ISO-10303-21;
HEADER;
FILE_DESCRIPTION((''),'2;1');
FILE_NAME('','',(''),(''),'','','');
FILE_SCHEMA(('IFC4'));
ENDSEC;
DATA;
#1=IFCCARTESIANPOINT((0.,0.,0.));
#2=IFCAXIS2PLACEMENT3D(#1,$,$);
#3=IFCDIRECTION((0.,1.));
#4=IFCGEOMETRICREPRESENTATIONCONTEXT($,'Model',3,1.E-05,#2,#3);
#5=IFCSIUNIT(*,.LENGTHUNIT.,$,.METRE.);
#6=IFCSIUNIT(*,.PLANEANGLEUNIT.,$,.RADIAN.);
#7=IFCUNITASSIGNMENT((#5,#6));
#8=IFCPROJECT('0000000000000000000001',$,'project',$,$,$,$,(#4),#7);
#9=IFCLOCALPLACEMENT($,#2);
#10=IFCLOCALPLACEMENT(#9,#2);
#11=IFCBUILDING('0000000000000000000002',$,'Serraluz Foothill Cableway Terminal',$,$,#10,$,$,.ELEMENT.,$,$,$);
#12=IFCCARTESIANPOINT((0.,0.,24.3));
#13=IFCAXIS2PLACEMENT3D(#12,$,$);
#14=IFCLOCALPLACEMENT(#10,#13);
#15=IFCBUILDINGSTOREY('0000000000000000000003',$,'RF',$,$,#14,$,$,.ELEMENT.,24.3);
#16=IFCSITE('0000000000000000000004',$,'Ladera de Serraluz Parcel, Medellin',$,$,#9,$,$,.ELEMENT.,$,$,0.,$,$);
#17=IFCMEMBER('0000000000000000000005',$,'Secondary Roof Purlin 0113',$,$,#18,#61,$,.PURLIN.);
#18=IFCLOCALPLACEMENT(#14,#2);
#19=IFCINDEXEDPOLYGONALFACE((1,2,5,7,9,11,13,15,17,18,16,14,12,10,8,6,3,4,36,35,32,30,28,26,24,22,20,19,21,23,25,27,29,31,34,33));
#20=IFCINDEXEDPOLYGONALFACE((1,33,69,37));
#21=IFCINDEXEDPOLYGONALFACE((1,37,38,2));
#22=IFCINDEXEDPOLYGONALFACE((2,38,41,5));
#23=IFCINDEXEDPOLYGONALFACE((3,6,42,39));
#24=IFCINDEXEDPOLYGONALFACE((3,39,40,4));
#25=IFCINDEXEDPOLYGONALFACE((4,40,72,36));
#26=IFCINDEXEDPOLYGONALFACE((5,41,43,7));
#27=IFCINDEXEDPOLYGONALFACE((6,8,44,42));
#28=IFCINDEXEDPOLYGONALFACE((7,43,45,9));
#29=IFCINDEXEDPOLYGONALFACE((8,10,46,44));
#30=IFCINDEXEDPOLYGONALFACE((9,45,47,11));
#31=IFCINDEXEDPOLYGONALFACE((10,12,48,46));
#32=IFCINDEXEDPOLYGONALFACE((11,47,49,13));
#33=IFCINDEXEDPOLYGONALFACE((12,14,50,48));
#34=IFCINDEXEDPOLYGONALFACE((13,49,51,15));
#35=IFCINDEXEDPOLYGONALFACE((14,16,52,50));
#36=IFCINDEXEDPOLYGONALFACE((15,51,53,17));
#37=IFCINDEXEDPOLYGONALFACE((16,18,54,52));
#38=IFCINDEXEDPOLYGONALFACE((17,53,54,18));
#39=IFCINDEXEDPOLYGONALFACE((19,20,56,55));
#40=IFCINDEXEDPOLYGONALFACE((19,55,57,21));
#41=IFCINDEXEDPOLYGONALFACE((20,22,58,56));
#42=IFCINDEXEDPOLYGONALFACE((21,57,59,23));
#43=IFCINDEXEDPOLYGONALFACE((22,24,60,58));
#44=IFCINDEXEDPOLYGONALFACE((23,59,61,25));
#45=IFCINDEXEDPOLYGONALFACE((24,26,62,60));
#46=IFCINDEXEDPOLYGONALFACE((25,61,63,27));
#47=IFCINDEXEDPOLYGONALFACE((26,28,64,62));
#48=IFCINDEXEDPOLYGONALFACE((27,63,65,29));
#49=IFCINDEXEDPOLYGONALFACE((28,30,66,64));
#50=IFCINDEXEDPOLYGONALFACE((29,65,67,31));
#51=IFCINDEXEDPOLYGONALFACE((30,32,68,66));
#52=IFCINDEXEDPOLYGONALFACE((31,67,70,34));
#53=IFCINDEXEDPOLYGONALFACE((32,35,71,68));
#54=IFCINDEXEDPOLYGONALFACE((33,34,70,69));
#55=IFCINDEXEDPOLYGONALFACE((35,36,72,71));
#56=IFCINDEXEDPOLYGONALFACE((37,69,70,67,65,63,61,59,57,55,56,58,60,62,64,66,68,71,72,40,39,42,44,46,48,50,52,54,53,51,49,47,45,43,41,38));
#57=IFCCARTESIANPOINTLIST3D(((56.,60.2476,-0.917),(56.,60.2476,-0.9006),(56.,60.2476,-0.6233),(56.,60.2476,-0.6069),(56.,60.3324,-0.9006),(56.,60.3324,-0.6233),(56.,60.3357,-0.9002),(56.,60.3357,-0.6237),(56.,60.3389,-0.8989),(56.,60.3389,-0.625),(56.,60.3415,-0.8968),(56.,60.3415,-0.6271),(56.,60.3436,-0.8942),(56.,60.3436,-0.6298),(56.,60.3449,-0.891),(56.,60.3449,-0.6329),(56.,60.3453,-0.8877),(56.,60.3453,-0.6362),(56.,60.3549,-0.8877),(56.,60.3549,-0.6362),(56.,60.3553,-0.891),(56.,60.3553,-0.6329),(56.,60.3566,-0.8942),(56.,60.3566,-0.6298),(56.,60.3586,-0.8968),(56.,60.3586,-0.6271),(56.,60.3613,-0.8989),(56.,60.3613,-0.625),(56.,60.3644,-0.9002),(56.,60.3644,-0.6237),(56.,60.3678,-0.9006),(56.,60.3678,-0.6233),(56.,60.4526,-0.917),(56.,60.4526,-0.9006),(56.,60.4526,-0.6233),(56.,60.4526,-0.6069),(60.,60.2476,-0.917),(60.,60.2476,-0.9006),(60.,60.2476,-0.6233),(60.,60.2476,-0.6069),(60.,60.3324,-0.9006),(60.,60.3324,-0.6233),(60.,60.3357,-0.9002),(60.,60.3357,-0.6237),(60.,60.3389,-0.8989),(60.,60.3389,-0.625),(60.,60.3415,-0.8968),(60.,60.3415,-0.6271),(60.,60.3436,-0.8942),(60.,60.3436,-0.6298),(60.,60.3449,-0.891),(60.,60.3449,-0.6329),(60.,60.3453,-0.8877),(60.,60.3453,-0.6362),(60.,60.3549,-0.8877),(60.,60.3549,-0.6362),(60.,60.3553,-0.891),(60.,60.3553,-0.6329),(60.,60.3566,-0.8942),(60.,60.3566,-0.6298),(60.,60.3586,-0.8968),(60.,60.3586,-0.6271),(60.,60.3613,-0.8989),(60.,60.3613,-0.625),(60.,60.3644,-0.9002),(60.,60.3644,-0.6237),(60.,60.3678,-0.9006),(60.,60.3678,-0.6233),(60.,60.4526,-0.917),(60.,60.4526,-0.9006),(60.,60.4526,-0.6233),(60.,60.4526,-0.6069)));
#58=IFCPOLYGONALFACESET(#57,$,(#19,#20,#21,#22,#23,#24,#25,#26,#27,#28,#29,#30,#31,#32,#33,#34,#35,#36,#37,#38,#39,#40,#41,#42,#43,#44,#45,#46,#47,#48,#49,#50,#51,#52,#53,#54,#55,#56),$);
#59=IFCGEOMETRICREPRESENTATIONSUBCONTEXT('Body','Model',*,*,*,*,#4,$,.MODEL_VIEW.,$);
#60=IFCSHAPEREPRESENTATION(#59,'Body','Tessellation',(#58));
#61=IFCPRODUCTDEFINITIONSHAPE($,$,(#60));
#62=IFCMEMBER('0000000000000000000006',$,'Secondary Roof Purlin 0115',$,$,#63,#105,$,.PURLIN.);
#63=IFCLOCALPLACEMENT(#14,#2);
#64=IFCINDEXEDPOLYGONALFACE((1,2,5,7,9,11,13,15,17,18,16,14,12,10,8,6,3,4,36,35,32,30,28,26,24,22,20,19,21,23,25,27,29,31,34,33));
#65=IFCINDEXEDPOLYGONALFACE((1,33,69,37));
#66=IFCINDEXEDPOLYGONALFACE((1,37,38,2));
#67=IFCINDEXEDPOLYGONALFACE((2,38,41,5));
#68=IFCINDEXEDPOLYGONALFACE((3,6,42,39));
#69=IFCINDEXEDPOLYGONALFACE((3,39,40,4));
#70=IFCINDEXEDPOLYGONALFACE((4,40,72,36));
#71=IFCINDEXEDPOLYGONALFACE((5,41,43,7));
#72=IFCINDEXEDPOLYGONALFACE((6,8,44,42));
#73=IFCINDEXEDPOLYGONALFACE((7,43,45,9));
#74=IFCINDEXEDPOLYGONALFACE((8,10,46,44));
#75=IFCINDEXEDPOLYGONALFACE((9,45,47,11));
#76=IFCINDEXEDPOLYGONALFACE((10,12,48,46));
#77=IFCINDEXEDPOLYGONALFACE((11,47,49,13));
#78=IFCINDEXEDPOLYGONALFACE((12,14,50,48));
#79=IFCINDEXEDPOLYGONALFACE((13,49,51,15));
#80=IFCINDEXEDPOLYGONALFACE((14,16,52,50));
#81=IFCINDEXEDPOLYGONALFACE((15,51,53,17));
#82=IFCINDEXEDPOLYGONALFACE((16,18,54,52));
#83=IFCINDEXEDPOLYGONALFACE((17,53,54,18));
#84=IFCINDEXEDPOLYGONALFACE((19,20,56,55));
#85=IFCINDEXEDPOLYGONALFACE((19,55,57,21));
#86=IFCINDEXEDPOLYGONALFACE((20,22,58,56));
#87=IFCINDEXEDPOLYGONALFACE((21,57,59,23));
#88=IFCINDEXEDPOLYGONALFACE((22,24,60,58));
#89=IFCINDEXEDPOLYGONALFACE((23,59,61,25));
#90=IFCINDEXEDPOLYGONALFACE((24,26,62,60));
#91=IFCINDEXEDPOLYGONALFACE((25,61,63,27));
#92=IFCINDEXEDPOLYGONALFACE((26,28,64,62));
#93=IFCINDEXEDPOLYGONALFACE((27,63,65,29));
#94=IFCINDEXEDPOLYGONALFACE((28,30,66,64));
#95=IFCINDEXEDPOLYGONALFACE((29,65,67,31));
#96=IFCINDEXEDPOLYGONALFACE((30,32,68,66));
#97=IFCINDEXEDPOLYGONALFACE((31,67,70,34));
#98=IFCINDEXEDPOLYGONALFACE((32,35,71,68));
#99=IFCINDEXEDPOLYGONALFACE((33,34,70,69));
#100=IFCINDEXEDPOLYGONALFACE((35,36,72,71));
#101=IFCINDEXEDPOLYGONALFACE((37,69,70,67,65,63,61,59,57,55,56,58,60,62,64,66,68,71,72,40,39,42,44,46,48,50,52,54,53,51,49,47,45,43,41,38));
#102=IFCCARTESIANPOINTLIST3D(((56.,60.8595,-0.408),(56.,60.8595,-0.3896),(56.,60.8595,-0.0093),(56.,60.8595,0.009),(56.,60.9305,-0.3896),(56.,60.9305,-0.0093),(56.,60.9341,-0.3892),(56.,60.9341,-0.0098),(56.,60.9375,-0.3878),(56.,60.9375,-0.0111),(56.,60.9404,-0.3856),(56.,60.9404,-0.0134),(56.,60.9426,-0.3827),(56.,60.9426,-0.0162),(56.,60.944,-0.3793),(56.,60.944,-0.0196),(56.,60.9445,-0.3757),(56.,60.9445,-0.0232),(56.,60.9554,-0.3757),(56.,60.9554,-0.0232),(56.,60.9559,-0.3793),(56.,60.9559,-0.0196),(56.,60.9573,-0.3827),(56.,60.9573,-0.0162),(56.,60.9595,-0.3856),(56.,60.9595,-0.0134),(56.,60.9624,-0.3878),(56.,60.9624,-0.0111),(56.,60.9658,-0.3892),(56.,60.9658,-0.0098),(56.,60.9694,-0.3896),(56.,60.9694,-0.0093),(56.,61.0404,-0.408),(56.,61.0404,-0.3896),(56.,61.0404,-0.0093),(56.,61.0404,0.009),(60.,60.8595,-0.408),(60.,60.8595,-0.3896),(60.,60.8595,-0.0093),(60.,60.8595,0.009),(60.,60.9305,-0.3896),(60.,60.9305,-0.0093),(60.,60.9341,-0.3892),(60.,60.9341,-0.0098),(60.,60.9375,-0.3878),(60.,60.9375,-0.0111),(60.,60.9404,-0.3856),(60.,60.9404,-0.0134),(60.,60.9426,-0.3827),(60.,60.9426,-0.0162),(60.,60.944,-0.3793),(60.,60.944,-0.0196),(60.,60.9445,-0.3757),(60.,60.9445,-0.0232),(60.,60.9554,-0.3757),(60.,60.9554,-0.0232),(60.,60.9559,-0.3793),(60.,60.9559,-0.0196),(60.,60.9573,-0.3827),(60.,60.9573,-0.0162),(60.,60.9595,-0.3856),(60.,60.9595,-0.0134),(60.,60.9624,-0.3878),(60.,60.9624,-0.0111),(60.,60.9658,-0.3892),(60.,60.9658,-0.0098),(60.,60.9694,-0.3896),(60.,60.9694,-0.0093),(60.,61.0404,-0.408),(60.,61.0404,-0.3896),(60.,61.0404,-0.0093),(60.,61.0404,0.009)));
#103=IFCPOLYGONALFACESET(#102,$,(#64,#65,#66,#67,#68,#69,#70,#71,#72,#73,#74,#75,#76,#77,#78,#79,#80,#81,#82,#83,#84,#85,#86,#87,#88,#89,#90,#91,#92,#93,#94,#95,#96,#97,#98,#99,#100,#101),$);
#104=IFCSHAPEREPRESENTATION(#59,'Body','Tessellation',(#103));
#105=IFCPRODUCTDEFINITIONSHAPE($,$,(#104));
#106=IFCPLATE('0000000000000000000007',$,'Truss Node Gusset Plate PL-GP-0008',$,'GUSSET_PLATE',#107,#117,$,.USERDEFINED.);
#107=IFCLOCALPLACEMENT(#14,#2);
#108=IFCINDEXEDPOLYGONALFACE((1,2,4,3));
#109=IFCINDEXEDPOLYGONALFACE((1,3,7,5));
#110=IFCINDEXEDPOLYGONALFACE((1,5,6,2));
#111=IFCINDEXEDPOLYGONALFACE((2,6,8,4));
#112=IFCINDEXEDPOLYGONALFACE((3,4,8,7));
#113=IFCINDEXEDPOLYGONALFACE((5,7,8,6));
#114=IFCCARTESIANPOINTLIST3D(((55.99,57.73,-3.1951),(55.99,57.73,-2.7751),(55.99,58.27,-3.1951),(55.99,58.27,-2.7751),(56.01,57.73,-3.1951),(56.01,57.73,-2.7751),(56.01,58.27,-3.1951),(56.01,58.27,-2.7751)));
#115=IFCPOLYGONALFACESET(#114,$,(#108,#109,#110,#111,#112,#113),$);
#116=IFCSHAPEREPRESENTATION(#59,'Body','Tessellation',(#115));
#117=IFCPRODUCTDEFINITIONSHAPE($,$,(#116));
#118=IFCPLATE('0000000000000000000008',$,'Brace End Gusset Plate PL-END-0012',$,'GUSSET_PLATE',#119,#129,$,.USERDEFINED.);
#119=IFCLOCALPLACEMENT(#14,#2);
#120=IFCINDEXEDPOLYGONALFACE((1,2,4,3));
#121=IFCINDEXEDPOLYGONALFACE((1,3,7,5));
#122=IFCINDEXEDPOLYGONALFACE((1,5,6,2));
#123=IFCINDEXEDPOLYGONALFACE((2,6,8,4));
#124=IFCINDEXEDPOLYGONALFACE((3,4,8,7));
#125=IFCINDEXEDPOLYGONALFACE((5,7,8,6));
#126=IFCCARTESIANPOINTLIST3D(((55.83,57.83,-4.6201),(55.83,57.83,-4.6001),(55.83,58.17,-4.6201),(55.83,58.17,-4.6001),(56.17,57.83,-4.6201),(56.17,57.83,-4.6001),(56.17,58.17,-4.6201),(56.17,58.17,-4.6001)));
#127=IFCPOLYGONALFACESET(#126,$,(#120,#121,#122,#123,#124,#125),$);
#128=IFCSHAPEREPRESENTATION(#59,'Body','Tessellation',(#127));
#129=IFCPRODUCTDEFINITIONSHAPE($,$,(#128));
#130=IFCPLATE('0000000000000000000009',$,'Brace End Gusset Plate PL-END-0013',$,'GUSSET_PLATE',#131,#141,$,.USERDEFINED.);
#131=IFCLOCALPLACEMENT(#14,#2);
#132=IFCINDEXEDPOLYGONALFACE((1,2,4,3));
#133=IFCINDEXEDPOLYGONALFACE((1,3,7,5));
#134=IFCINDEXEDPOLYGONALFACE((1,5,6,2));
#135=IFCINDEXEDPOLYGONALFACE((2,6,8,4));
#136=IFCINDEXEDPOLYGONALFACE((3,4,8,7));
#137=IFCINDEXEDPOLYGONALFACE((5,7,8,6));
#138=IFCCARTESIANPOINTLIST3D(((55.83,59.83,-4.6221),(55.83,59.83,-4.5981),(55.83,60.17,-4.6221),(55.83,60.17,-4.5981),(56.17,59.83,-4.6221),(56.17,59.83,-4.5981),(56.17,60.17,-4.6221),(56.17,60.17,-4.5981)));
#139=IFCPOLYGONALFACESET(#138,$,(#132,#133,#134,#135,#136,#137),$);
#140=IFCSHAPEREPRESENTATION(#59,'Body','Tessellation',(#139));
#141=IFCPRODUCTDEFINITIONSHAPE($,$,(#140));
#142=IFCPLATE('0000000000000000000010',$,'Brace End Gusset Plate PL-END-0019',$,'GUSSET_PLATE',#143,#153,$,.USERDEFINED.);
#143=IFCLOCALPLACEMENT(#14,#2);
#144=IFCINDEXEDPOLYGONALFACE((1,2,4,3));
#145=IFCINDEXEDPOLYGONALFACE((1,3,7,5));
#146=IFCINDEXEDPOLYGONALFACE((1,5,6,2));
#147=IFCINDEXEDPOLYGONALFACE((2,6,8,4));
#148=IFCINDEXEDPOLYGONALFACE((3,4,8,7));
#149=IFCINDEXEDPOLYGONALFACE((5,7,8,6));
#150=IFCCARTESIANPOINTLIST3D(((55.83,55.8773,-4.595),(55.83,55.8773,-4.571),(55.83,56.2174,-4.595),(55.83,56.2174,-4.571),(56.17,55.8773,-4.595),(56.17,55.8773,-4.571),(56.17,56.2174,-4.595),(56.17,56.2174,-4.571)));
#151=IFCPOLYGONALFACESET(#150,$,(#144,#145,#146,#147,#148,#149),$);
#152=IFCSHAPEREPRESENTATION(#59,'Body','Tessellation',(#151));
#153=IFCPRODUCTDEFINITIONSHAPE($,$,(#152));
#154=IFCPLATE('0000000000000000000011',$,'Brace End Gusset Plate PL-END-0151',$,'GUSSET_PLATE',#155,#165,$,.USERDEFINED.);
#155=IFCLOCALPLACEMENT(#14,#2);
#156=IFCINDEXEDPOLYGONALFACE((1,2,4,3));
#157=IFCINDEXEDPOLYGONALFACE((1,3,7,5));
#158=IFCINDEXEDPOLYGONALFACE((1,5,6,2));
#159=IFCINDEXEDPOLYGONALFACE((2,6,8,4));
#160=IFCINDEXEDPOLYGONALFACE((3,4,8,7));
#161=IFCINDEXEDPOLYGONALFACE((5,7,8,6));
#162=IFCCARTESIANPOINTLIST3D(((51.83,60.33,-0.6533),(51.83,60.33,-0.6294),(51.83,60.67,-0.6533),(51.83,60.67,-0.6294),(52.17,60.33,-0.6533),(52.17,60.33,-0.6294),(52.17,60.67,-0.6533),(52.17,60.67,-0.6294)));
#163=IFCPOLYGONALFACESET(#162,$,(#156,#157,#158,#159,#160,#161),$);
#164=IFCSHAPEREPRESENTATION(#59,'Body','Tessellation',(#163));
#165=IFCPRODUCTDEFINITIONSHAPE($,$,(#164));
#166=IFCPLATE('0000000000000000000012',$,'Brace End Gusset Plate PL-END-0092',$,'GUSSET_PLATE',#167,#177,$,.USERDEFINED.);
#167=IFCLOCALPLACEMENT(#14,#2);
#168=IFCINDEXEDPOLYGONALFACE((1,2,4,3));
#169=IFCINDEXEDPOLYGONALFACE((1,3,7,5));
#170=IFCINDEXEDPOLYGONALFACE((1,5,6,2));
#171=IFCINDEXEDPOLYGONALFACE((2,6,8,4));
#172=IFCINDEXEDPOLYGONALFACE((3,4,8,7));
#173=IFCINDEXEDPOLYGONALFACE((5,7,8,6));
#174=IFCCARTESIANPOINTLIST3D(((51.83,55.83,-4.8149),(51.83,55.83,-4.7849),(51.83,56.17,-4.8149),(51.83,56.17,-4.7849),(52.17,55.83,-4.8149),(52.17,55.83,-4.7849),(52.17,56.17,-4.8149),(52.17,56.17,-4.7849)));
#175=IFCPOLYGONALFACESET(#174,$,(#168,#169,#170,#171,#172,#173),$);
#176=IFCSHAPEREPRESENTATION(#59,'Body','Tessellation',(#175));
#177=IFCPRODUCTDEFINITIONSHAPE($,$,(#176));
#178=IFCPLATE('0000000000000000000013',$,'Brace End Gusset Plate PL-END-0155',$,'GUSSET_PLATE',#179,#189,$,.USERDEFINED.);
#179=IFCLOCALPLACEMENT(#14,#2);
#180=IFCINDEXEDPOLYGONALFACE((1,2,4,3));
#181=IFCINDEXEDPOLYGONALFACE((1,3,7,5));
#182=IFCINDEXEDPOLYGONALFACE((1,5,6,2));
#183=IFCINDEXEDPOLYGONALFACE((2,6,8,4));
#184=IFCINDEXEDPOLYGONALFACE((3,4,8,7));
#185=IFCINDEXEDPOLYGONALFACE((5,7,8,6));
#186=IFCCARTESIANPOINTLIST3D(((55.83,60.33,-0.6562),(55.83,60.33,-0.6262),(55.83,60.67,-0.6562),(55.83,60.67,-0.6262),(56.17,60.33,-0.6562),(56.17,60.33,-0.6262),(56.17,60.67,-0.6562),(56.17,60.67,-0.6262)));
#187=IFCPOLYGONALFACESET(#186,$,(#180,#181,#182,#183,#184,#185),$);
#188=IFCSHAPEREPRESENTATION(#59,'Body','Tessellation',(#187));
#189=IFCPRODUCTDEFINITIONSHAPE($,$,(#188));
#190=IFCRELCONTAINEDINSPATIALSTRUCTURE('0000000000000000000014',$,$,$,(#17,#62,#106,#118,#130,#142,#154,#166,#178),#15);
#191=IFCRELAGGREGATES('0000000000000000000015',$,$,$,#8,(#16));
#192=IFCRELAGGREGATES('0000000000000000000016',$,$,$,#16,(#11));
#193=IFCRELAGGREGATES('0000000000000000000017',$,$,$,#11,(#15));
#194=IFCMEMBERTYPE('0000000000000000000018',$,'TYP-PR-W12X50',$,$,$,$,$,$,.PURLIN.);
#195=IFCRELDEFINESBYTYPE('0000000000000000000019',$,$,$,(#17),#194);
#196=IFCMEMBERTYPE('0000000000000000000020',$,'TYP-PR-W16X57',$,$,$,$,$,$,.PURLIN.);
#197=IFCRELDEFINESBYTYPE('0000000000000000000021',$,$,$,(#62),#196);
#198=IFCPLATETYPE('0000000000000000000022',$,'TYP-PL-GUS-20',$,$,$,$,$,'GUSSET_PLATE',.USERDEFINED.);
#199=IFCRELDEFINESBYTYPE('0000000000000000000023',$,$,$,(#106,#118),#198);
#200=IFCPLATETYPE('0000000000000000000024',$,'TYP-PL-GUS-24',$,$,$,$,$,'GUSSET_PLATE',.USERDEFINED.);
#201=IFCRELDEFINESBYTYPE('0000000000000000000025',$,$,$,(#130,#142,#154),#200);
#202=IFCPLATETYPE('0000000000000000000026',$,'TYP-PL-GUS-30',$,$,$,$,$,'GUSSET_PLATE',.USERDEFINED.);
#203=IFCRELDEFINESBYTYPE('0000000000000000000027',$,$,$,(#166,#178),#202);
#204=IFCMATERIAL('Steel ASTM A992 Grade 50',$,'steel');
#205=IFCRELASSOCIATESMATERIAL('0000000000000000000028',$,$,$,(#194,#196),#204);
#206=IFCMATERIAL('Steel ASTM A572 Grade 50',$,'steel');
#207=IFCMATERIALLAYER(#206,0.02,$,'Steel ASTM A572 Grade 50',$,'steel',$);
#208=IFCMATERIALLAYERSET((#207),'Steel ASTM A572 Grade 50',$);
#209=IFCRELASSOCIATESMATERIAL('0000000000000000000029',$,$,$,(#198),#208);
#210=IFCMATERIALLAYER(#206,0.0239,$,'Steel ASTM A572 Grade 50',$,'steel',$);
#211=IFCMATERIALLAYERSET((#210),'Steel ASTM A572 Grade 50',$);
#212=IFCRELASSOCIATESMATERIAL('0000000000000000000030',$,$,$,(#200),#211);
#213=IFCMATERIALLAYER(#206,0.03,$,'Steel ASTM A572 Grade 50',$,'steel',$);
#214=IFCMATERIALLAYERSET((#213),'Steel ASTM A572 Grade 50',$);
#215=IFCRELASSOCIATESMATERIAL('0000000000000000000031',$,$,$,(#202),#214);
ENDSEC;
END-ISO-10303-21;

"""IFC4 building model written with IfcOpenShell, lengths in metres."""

from ifc_helpers import new_model, si_unit, direction, frame, origin, origin_2d, place, context, subcontext, project, spatial, rectangle, i_section, extrude, material, layer, layer_set, material_profile, profile_set, type_object, element, save


model = new_model("IFC4")

# Units and contexts
model_context = context("Model", 3, precision=1e-05, world=origin(), true_north=direction((0.0, 1.0)))
body_context = subcontext(model_context, "Body", "Model", "MODEL_VIEW")
ifc_project = project(units=[si_unit("LENGTHUNIT", "METRE"), si_unit("PLANEANGLEUNIT", "RADIAN")], contexts=[model_context])

# Site, building, storey
site_placement = place(None, origin())
site = spatial("IfcSite", under=ifc_project, at=site_placement, Name="Ladera de Serraluz Parcel, Medellin", CompositionType="ELEMENT", RefElevation=0.0)
building_placement = place(site_placement, origin())
building = spatial("IfcBuilding", under=site, at=building_placement, Name="Serraluz Foothill Cableway Terminal", CompositionType="ELEMENT")
storey_placement = place(building_placement, frame((0.0, 0.0, 24.3)))
storey = spatial("IfcBuildingStorey", under=building, at=storey_placement, Name="RF", CompositionType="ELEMENT", Elevation=24.3)

# Members
ifc_material_1 = material(Name="Steel ASTM A572 Grade 50", Category="steel")
ifc_material_2 = material(Name="Steel ASTM A992 Grade 50", Category="steel")
ifc_material_profile_1 = material_profile(ifc_material_2, i_section(OverallWidth=0.2051, OverallDepth=0.3101, WebThickness=0.0095, FlangeThickness=0.0164, FilletRadius=0.0129, at=origin_2d()), Name="W12X50")
ifc_profile_set_1 = profile_set([ifc_material_profile_1], Name="Steel ASTM A992 Grade 50")
member_type_1 = type_object("IfcMemberType", Name="TYP-PR-W12X50", PredefinedType="PURLIN", material=ifc_profile_set_1)
member_1_placement = place(storey_placement, frame((56.0, 60.3501, -0.762), z_axis=(1.0, 0.0, 0.0), x_axis=(0.0, 1.0, 0.0)))
element("IfcMember", 1, at=member_1_placement, inside=storey, type_object=member_type_1, Name="Secondary Roof Purlin 0113", PredefinedType="PURLIN", context=body_context, shape_type="SweptSolid", body=[
    extrude(i_section(OverallWidth=0.2051, OverallDepth=0.3101, WebThickness=0.0095, FlangeThickness=0.0164, FilletRadius=0.0129, at=origin_2d()), origin(), (0.0, 0.0, 1.0), 4.0),
])
ifc_material_profile_2 = material_profile(ifc_material_2, i_section(OverallWidth=0.1809, OverallDepth=0.417, WebThickness=0.011, FlangeThickness=0.0183, FilletRadius=0.0139, at=origin_2d()), Name="W16X57")
ifc_profile_set_2 = profile_set([ifc_material_profile_2], Name="Steel ASTM A992 Grade 50")
member_type_2 = type_object("IfcMemberType", Name="TYP-PR-W16X57", PredefinedType="PURLIN", material=ifc_profile_set_2)
member_2_placement = place(storey_placement, frame((56.0, 60.95, -0.1995), z_axis=(1.0, 0.0, 0.0), x_axis=(0.0, 1.0, 0.0)))
element("IfcMember", 2, at=member_2_placement, inside=storey, type_object=member_type_2, Name="Secondary Roof Purlin 0115", PredefinedType="PURLIN", context=body_context, shape_type="SweptSolid", body=[
    extrude(i_section(OverallWidth=0.1809, OverallDepth=0.417, WebThickness=0.011, FlangeThickness=0.0183, FilletRadius=0.0139, at=origin_2d()), origin(), (0.0, 0.0, 1.0), 4.0),
])

# Plates
ifc_layer_1 = layer(ifc_material_1, 0.02, Name="Steel ASTM A572 Grade 50", Category="steel")
ifc_layer_set_1 = layer_set([ifc_layer_1], Name="Steel ASTM A572 Grade 50")
plate_type_1 = type_object("IfcPlateType", Name="TYP-PL-GUS-20", ElementType="GUSSET_PLATE", PredefinedType="USERDEFINED", material=ifc_layer_set_1)
plate_1_placement = place(storey_placement, frame((56.0, 58.0, -3.1951), z_axis=(0.0, 0.0, 1.0), x_axis=(1.0, 0.0, 0.0)))
element("IfcPlate", 3, at=plate_1_placement, inside=storey, type_object=plate_type_1, Name="Truss Node Gusset Plate PL-GP-0008", ObjectType="GUSSET_PLATE", PredefinedType="USERDEFINED", context=body_context, shape_type="SweptSolid", body=[
    extrude(rectangle(XDim=0.02, YDim=0.54, at=origin_2d()), origin(), (0.0, 0.0, 1.0), 0.4199),
])
plate_2_placement = place(storey_placement, frame((56.0, 58.0, -4.6201), z_axis=(0.0, 0.0, 1.0), x_axis=(1.0, 0.0, 0.0)))
element("IfcPlate", 4, at=plate_2_placement, inside=storey, type_object=plate_type_1, Name="Brace End Gusset Plate PL-END-0012", ObjectType="GUSSET_PLATE", PredefinedType="USERDEFINED", context=body_context, shape_type="SweptSolid", body=[
    extrude(rectangle(XDim=0.3401, YDim=0.3401, at=origin_2d()), origin(), (0.0, 0.0, 1.0), 0.02),
])
ifc_layer_2 = layer(ifc_material_1, 0.0239, Name="Steel ASTM A572 Grade 50", Category="steel")
ifc_layer_set_2 = layer_set([ifc_layer_2], Name="Steel ASTM A572 Grade 50")
plate_type_2 = type_object("IfcPlateType", Name="TYP-PL-GUS-24", ElementType="GUSSET_PLATE", PredefinedType="USERDEFINED", material=ifc_layer_set_2)
for number, where, z_axis, x_axis, name in (
    (5, (56.0, 60.0, -4.6221), (0.0, 0.0, 1.0), (1.0, 0.0, 0.0), "Brace End Gusset Plate PL-END-0013"),
    (6, (56.0, 56.0474, -4.595), (0.0, 0.0, 1.0), (1.0, 0.0, 0.0), "Brace End Gusset Plate PL-END-0019"),
    (7, (52.0, 60.5, -0.6533), (0.0, 0.0, 1.0), (1.0, 0.0, 0.0), "Brace End Gusset Plate PL-END-0151"),
):
    element("IfcPlate", number, at=place(storey_placement, frame(where, z_axis=z_axis, x_axis=x_axis)), inside=storey, type_object=plate_type_2, Name=name, ObjectType="GUSSET_PLATE", PredefinedType="USERDEFINED", context=body_context, shape_type="SweptSolid", body=[
        extrude(rectangle(XDim=0.3401, YDim=0.3401, at=origin_2d()), origin(), (0.0, 0.0, 1.0), 0.0239),
    ])
ifc_layer_3 = layer(ifc_material_1, 0.03, Name="Steel ASTM A572 Grade 50", Category="steel")
ifc_layer_set_3 = layer_set([ifc_layer_3], Name="Steel ASTM A572 Grade 50")
plate_type_3 = type_object("IfcPlateType", Name="TYP-PL-GUS-30", ElementType="GUSSET_PLATE", PredefinedType="USERDEFINED", material=ifc_layer_set_3)
for number, where, z_axis, x_axis, name in (
    (8, (52.0, 56.0, -4.8149), (0.0, 0.0, 1.0), (1.0, 0.0, 0.0), "Brace End Gusset Plate PL-END-0092"),
    (9, (56.0, 60.5, -0.6562), (0.0, 0.0, 1.0), (1.0, 0.0, 0.0), "Brace End Gusset Plate PL-END-0155"),
):
    element("IfcPlate", number, at=place(storey_placement, frame(where, z_axis=z_axis, x_axis=x_axis)), inside=storey, type_object=plate_type_3, Name=name, ObjectType="GUSSET_PLATE", PredefinedType="USERDEFINED", context=body_context, shape_type="SweptSolid", body=[
        extrude(rectangle(XDim=0.3401, YDim=0.3401, at=origin_2d()), origin(), (0.0, 0.0, 1.0), 0.03),
    ])

save(model, "model.ifc")
